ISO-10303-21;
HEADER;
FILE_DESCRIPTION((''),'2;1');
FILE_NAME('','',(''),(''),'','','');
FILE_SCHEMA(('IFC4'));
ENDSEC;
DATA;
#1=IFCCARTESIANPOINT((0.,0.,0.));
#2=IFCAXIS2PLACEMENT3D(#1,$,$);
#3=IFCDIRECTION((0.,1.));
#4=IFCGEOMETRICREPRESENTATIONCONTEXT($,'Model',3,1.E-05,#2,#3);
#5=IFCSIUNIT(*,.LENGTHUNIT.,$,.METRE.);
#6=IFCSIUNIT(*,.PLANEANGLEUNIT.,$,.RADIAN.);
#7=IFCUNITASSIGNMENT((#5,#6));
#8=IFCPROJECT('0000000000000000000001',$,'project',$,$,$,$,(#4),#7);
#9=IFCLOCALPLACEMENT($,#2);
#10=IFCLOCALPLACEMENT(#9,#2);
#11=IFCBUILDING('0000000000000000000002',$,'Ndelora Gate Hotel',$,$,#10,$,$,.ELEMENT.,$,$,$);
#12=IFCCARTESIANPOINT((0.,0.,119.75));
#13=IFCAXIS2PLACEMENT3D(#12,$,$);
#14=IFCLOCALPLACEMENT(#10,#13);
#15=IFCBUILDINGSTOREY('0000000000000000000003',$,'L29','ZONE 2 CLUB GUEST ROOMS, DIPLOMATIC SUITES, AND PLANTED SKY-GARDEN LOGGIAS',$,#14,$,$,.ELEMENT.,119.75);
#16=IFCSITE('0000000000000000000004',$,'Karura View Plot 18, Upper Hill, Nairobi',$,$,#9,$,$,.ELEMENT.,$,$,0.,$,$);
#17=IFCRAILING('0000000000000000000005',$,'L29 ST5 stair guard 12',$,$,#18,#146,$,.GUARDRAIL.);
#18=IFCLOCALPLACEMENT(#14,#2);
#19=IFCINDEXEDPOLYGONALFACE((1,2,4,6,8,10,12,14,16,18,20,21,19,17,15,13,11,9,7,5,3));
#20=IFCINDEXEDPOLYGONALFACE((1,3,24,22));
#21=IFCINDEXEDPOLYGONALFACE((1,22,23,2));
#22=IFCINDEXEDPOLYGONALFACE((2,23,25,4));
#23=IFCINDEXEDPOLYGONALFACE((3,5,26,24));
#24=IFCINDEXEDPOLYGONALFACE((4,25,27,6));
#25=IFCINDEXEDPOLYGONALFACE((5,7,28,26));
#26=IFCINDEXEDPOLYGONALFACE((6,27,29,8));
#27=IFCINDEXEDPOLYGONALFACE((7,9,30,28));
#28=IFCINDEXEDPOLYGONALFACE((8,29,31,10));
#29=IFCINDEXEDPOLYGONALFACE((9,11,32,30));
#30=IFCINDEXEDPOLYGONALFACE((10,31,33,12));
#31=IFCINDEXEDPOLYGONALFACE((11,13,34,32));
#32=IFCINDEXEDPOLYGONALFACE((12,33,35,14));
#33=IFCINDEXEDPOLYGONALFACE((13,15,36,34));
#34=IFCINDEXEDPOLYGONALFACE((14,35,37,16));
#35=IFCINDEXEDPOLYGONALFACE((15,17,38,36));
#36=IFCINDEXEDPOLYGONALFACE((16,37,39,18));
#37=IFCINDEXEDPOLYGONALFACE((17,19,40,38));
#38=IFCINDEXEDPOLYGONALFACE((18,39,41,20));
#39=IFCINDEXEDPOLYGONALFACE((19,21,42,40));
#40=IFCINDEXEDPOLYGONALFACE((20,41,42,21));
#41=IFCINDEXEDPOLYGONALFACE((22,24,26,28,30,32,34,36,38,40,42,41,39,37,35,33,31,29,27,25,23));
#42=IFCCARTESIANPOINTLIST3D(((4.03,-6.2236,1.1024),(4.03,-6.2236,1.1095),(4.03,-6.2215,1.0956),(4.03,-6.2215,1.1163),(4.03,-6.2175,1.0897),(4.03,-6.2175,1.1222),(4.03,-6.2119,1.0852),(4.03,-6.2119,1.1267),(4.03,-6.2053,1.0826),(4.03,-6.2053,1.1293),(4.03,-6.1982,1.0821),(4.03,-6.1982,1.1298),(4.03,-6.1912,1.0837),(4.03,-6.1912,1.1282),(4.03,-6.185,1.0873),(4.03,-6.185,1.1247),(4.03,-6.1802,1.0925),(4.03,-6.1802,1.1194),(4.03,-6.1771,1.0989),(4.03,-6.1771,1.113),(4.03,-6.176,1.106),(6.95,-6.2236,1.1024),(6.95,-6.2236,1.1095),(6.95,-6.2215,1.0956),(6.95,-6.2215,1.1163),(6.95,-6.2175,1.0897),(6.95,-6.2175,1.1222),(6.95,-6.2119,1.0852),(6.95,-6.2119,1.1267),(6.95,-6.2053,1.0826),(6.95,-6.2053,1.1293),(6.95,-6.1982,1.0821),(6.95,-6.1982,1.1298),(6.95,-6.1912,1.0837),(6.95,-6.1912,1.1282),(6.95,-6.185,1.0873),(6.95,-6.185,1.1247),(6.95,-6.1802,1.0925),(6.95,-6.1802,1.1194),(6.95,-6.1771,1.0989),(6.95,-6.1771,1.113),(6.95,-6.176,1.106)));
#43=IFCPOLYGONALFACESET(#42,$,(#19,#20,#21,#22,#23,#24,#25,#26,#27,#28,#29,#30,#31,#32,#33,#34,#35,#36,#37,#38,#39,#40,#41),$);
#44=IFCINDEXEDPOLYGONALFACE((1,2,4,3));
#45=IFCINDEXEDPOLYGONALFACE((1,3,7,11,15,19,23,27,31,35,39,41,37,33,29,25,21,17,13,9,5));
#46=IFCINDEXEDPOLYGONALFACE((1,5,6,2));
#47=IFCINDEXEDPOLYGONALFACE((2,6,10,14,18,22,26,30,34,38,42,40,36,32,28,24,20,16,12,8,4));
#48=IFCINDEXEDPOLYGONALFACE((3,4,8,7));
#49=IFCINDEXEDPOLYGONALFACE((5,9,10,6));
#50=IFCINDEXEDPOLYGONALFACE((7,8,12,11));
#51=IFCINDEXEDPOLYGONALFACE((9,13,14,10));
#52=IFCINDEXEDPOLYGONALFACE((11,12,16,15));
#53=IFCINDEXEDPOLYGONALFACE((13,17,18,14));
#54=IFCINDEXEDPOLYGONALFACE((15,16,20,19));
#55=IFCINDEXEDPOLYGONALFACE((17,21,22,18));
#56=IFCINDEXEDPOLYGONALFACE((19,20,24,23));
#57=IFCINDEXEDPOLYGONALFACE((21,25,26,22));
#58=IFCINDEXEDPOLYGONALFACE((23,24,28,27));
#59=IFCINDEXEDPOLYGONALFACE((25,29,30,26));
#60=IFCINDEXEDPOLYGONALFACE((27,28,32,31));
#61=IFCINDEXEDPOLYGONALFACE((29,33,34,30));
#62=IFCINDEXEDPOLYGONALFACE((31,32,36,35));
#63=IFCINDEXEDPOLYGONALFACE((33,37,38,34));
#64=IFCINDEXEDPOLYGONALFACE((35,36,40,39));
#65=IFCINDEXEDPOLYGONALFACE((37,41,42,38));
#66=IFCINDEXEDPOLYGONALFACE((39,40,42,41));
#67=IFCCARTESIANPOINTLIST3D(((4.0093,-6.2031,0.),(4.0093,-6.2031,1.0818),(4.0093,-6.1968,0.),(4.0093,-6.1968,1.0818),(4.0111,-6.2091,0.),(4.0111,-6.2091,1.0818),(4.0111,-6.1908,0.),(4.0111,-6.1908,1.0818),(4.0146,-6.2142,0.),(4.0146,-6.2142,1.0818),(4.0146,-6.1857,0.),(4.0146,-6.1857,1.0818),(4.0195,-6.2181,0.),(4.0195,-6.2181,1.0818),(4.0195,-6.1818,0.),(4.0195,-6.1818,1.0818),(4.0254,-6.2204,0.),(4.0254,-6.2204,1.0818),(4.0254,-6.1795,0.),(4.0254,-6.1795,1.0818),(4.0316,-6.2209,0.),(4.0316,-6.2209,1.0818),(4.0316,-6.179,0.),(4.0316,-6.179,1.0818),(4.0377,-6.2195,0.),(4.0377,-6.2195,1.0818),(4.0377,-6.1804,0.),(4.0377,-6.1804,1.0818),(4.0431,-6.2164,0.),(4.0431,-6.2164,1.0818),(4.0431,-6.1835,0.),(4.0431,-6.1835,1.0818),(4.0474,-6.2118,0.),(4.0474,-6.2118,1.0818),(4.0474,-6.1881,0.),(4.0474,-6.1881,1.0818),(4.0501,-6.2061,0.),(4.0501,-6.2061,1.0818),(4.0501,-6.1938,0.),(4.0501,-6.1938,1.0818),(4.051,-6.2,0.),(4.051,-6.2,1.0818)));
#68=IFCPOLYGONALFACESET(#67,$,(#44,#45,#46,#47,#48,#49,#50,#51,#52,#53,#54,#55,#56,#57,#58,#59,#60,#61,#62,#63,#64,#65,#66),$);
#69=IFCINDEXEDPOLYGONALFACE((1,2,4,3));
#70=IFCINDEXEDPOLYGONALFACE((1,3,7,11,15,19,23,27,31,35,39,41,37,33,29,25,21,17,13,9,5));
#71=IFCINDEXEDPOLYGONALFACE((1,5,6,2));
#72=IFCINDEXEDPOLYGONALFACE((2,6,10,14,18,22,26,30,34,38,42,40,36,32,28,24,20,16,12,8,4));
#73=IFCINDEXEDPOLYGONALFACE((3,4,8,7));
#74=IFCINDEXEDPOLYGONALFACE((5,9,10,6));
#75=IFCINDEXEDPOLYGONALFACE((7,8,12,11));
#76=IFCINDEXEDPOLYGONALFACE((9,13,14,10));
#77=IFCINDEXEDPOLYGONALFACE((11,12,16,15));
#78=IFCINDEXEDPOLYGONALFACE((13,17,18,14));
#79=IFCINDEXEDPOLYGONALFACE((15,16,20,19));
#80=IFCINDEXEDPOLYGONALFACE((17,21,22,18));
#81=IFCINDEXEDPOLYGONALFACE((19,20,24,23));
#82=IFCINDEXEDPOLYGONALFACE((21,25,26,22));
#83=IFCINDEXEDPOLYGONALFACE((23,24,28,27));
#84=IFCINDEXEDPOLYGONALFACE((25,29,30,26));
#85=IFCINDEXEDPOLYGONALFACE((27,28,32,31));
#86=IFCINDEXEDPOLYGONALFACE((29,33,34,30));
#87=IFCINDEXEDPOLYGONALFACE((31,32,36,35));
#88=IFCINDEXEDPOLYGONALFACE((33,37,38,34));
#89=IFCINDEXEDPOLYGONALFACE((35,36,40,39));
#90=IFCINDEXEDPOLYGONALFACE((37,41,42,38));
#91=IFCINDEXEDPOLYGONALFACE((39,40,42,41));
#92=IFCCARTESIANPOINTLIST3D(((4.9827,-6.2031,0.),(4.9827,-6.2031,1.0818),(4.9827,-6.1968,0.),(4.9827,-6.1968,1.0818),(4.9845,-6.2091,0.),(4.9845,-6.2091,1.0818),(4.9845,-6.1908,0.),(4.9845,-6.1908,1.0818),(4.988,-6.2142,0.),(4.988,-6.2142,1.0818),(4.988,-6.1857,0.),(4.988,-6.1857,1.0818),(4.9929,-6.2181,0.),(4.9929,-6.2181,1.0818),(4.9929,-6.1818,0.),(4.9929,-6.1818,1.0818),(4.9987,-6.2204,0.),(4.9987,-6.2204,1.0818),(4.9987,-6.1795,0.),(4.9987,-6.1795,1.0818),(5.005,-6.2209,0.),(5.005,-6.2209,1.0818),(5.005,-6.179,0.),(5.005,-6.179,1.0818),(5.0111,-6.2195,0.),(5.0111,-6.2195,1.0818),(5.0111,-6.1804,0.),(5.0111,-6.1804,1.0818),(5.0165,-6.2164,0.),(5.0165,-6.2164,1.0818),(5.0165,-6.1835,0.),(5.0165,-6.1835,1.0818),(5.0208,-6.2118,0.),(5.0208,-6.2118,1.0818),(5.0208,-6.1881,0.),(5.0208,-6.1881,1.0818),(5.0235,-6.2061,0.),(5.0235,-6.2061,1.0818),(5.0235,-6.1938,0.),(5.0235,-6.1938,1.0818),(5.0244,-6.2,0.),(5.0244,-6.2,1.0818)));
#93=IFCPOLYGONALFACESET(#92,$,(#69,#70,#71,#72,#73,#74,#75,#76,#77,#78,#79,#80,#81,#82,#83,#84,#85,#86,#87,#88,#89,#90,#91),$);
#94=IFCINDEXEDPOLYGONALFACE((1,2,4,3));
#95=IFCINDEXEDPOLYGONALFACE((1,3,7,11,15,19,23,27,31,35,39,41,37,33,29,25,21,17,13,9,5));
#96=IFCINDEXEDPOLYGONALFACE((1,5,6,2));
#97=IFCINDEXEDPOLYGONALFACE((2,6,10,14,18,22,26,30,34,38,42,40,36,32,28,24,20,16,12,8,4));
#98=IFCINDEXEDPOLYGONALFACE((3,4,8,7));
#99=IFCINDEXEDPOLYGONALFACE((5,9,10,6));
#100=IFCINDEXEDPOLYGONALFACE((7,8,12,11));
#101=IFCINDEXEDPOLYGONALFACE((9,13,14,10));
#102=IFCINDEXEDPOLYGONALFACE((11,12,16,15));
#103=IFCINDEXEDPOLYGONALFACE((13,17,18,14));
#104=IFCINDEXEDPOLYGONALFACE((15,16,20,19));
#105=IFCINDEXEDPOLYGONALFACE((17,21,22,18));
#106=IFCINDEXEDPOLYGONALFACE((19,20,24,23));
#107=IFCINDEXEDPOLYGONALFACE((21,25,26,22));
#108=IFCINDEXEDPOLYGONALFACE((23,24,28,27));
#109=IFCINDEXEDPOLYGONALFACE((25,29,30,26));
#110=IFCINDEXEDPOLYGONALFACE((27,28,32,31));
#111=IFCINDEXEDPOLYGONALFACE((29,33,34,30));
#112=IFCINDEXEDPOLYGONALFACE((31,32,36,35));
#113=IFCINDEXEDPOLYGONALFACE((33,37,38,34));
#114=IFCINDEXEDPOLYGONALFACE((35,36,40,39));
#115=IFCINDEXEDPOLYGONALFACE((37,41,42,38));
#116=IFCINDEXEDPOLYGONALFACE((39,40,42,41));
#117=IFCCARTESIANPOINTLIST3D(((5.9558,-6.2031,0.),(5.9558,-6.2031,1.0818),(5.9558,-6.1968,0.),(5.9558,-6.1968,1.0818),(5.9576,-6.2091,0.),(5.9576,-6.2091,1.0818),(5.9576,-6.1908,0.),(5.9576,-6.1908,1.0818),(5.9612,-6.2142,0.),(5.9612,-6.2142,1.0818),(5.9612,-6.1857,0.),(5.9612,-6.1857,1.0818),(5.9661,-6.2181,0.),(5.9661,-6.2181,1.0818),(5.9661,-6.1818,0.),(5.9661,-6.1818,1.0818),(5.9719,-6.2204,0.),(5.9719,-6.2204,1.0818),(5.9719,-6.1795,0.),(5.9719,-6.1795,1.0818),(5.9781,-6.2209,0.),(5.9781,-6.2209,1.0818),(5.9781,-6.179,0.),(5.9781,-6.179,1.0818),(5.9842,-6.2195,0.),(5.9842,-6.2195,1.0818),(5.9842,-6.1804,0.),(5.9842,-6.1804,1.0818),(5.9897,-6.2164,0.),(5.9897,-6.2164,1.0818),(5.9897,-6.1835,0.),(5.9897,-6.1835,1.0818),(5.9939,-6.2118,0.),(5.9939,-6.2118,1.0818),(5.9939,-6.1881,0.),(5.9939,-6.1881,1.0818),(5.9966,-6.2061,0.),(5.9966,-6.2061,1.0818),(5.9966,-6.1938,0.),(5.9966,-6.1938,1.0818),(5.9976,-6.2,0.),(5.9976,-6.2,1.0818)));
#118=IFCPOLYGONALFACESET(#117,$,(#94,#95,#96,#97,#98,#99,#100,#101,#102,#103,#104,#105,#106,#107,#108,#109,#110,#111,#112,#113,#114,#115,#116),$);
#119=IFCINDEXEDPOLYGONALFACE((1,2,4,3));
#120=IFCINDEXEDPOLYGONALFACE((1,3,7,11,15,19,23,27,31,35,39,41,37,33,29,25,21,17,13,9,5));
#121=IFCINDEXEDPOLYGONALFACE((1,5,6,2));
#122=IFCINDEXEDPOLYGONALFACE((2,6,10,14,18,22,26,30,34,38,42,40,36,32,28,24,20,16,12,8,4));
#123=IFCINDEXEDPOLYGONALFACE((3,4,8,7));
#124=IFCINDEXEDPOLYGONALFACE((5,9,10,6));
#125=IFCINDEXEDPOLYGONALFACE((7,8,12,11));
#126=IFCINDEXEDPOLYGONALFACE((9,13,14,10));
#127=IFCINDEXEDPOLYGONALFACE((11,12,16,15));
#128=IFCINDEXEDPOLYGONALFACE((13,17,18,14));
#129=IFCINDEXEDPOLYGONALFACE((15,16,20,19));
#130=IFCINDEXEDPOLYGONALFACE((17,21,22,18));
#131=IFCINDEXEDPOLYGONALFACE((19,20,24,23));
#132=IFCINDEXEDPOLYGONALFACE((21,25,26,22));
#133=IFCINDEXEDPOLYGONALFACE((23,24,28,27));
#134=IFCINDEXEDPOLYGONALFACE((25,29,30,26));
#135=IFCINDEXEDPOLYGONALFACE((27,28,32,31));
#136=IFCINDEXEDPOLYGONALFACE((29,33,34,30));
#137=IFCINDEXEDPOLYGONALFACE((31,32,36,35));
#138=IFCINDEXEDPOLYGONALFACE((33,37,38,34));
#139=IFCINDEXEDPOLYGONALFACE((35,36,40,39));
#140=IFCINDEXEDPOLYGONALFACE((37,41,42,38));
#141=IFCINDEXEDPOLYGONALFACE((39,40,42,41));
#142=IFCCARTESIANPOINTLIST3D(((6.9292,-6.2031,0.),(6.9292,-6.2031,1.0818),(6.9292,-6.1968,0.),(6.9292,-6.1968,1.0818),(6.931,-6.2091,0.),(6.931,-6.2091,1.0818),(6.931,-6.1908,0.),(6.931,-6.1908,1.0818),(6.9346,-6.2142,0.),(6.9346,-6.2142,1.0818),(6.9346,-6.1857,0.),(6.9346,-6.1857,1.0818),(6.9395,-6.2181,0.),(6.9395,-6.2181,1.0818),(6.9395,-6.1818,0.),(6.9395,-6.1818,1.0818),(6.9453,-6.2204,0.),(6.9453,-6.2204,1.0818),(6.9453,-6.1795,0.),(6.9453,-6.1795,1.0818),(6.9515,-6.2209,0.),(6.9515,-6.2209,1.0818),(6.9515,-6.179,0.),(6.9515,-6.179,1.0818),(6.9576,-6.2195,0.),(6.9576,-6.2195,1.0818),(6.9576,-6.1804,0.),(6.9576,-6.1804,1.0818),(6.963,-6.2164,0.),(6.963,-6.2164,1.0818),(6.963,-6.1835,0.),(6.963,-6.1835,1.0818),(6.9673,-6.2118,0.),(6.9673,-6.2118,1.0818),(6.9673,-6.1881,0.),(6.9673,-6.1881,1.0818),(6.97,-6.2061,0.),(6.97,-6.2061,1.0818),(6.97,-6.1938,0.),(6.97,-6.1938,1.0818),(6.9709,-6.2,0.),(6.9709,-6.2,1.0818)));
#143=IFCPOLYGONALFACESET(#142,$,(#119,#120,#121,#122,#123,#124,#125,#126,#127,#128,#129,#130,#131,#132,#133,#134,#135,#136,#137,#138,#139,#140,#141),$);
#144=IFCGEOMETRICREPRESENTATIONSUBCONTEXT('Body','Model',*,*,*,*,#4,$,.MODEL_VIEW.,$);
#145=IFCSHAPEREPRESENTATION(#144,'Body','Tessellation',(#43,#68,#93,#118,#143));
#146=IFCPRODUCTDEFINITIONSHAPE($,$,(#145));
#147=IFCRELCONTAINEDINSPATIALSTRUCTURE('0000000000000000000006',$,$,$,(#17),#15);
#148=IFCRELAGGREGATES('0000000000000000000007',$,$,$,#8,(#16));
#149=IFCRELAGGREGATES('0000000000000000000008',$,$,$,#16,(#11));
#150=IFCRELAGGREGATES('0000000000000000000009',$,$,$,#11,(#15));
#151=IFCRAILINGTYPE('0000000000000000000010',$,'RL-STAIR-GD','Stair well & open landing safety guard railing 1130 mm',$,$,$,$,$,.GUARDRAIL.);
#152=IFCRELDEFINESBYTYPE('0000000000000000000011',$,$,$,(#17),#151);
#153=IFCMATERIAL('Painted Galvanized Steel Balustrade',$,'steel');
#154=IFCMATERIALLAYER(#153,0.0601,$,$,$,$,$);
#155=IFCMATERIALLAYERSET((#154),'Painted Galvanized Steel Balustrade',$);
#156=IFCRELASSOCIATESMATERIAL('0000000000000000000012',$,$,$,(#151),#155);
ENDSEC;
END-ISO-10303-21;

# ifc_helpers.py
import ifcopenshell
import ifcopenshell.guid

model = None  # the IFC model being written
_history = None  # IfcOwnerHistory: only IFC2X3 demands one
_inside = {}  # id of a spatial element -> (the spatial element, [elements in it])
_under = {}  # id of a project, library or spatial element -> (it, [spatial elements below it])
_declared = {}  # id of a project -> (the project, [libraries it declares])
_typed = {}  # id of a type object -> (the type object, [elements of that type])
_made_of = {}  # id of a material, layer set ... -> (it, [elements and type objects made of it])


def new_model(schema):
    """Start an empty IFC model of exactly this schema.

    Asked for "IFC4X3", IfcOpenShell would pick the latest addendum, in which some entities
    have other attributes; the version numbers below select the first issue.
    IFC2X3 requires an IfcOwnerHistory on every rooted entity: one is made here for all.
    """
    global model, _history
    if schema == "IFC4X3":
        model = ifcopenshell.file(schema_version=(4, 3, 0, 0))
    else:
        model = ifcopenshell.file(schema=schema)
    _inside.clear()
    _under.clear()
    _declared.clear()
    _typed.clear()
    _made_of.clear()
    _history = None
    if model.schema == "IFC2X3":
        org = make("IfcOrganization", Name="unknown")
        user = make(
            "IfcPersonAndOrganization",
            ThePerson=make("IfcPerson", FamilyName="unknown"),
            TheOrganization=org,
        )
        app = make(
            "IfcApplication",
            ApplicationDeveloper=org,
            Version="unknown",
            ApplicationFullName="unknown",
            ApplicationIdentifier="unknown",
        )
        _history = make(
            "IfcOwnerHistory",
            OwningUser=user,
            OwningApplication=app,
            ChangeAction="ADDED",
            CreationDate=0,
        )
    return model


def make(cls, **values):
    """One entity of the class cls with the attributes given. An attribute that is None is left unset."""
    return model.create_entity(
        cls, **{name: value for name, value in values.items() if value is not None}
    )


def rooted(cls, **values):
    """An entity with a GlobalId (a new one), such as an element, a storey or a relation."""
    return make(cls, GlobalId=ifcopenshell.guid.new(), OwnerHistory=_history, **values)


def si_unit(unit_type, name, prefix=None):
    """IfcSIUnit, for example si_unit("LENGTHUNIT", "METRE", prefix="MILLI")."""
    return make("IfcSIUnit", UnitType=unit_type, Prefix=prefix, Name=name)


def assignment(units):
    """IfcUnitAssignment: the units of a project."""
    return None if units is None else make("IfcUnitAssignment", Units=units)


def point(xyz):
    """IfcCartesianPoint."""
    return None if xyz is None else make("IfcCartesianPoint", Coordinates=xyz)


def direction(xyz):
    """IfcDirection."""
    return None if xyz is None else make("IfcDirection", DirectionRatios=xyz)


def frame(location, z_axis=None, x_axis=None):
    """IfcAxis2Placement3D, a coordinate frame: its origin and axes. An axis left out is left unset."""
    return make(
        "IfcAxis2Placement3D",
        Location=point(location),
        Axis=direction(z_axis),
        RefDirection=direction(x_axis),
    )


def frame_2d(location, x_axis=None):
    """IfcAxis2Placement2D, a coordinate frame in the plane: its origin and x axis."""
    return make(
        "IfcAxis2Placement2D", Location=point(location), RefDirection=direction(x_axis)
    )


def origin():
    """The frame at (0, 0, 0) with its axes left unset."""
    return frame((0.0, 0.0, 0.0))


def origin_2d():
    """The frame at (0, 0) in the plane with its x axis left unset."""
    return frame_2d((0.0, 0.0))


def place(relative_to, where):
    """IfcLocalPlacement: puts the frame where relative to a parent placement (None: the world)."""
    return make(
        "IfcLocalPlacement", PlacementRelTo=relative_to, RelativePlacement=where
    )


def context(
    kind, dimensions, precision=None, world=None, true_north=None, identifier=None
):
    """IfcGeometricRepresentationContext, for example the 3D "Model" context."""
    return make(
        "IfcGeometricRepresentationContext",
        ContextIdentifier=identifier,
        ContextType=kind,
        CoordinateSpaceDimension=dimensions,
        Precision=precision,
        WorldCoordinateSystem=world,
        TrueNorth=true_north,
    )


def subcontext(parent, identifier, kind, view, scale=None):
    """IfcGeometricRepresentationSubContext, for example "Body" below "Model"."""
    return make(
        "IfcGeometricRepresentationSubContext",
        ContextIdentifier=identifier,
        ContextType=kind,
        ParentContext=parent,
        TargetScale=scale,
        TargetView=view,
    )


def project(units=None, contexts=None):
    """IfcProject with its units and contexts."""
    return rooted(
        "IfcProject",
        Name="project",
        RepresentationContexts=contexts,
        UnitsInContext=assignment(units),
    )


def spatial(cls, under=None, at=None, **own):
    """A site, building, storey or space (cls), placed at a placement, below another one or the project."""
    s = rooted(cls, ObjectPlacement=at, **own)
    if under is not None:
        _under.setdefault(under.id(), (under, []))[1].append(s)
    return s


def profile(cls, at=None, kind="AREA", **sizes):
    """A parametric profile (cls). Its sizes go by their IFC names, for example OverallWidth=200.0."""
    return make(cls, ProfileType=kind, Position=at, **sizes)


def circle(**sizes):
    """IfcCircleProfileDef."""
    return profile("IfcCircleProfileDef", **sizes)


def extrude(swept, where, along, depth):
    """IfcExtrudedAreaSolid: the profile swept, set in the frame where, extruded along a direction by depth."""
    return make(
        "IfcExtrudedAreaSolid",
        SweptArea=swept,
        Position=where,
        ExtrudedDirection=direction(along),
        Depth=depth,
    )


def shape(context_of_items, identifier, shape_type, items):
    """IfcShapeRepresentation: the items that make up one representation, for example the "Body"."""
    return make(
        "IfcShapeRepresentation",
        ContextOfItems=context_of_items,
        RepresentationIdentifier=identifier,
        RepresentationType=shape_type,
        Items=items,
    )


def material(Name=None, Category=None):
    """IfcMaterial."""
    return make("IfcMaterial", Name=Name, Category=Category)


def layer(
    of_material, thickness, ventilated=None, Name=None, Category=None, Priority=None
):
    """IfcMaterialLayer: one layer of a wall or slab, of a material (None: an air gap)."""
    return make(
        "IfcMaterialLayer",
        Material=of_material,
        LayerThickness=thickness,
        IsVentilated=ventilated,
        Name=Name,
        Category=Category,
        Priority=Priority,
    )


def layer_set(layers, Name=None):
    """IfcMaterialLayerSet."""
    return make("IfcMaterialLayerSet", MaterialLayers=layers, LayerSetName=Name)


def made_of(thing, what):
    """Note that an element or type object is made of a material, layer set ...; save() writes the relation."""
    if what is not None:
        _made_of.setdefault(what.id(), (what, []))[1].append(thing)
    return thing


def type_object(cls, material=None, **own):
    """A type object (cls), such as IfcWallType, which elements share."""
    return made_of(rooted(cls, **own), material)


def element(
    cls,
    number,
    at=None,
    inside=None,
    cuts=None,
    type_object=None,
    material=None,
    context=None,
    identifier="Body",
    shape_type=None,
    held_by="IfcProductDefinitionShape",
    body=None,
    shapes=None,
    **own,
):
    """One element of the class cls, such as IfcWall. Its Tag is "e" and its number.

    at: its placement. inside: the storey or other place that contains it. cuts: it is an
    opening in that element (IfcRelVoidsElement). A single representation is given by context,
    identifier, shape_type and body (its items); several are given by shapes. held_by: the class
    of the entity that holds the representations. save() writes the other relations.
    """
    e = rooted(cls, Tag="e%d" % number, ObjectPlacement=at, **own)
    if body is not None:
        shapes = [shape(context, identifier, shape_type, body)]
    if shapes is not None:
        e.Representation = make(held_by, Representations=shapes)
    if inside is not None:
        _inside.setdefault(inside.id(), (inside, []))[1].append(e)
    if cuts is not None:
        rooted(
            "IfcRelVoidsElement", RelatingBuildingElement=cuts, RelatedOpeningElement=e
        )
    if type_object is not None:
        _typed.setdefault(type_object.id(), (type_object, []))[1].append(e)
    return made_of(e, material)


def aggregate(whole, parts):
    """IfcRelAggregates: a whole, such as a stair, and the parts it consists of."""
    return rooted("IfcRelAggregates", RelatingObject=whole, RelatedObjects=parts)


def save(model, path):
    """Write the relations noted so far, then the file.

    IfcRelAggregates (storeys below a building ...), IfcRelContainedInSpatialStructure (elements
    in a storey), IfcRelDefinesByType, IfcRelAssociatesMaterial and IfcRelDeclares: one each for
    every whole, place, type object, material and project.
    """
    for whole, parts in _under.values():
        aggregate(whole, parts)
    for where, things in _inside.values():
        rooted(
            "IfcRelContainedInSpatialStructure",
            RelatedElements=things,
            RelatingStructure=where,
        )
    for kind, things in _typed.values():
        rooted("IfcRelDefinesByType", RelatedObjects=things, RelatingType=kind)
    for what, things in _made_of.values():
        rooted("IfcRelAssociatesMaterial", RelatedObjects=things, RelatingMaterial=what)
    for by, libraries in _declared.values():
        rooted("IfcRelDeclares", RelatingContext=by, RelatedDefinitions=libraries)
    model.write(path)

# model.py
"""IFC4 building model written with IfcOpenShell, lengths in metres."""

from ifc_helpers import new_model, si_unit, direction, frame, origin, origin_2d, place, context, subcontext, project, spatial, circle, extrude, material, layer, layer_set, type_object, element, save


model = new_model("IFC4")

# Units and contexts
model_context = context("Model", 3, precision=1e-05, world=origin(), true_north=direction((0.0, 1.0)))
body_context = subcontext(model_context, "Body", "Model", "MODEL_VIEW")
ifc_project = project(units=[si_unit("LENGTHUNIT", "METRE"), si_unit("PLANEANGLEUNIT", "RADIAN")], contexts=[model_context])

# Site, building, storey
site_placement = place(None, origin())
site = spatial("IfcSite", under=ifc_project, at=site_placement, Name="Karura View Plot 18, Upper Hill, Nairobi", CompositionType="ELEMENT", RefElevation=0.0)
building_placement = place(site_placement, origin())
building = spatial("IfcBuilding", under=site, at=building_placement, Name="Ndelora Gate Hotel", CompositionType="ELEMENT")
storey_placement = place(building_placement, frame((0.0, 0.0, 119.75)))
storey = spatial("IfcBuildingStorey", under=building, at=storey_placement, Name="L29", Description="ZONE 2 CLUB GUEST ROOMS, DIPLOMATIC SUITES, AND PLANTED SKY-GARDEN LOGGIAS", CompositionType="ELEMENT", Elevation=119.75)

# Railing
ifc_material_1 = material(Name="Painted Galvanized Steel Balustrade", Category="steel")
ifc_layer_1 = layer(ifc_material_1, 0.0601)
ifc_layer_set_1 = layer_set([ifc_layer_1], Name="Painted Galvanized Steel Balustrade")
railing_type_1 = type_object("IfcRailingType", Name="RL-STAIR-GD", Description="Stair well & open landing safety guard railing 1130 mm", PredefinedType="GUARDRAIL", material=ifc_layer_set_1)
railing_1_placement = place(storey_placement, frame((4.03, -6.2, 0.0)))
element("IfcRailing", 1, at=railing_1_placement, inside=storey, type_object=railing_type_1, Name="L29 ST5 stair guard 12", PredefinedType="GUARDRAIL", context=body_context, shape_type="SweptSolid", body=[
    extrude(circle(Radius=0.0239, at=origin_2d()), frame((0.0, 0.0, 1.106), z_axis=(1.0, 0.0, 0.0), x_axis=(0.0, 1.0, 0.0)), (0.0, 0.0, 1.0), 2.9199),
    extrude(circle(Radius=0.021, at=origin_2d()), origin(), (0.0, 0.0, 1.0), 1.0818),
    extrude(circle(Radius=0.021, at=origin_2d()), frame((0.9734, 0.0, 0.0)), (0.0, 0.0, 1.0), 1.0818),
    extrude(circle(Radius=0.021, at=origin_2d()), frame((1.9465, 0.0, 0.0)), (0.0, 0.0, 1.0), 1.0818),
    extrude(circle(Radius=0.021, at=origin_2d()), frame((2.9199, 0.0, 0.0)), (0.0, 0.0, 1.0), 1.0818),
])

save(model, "model.ifc")
